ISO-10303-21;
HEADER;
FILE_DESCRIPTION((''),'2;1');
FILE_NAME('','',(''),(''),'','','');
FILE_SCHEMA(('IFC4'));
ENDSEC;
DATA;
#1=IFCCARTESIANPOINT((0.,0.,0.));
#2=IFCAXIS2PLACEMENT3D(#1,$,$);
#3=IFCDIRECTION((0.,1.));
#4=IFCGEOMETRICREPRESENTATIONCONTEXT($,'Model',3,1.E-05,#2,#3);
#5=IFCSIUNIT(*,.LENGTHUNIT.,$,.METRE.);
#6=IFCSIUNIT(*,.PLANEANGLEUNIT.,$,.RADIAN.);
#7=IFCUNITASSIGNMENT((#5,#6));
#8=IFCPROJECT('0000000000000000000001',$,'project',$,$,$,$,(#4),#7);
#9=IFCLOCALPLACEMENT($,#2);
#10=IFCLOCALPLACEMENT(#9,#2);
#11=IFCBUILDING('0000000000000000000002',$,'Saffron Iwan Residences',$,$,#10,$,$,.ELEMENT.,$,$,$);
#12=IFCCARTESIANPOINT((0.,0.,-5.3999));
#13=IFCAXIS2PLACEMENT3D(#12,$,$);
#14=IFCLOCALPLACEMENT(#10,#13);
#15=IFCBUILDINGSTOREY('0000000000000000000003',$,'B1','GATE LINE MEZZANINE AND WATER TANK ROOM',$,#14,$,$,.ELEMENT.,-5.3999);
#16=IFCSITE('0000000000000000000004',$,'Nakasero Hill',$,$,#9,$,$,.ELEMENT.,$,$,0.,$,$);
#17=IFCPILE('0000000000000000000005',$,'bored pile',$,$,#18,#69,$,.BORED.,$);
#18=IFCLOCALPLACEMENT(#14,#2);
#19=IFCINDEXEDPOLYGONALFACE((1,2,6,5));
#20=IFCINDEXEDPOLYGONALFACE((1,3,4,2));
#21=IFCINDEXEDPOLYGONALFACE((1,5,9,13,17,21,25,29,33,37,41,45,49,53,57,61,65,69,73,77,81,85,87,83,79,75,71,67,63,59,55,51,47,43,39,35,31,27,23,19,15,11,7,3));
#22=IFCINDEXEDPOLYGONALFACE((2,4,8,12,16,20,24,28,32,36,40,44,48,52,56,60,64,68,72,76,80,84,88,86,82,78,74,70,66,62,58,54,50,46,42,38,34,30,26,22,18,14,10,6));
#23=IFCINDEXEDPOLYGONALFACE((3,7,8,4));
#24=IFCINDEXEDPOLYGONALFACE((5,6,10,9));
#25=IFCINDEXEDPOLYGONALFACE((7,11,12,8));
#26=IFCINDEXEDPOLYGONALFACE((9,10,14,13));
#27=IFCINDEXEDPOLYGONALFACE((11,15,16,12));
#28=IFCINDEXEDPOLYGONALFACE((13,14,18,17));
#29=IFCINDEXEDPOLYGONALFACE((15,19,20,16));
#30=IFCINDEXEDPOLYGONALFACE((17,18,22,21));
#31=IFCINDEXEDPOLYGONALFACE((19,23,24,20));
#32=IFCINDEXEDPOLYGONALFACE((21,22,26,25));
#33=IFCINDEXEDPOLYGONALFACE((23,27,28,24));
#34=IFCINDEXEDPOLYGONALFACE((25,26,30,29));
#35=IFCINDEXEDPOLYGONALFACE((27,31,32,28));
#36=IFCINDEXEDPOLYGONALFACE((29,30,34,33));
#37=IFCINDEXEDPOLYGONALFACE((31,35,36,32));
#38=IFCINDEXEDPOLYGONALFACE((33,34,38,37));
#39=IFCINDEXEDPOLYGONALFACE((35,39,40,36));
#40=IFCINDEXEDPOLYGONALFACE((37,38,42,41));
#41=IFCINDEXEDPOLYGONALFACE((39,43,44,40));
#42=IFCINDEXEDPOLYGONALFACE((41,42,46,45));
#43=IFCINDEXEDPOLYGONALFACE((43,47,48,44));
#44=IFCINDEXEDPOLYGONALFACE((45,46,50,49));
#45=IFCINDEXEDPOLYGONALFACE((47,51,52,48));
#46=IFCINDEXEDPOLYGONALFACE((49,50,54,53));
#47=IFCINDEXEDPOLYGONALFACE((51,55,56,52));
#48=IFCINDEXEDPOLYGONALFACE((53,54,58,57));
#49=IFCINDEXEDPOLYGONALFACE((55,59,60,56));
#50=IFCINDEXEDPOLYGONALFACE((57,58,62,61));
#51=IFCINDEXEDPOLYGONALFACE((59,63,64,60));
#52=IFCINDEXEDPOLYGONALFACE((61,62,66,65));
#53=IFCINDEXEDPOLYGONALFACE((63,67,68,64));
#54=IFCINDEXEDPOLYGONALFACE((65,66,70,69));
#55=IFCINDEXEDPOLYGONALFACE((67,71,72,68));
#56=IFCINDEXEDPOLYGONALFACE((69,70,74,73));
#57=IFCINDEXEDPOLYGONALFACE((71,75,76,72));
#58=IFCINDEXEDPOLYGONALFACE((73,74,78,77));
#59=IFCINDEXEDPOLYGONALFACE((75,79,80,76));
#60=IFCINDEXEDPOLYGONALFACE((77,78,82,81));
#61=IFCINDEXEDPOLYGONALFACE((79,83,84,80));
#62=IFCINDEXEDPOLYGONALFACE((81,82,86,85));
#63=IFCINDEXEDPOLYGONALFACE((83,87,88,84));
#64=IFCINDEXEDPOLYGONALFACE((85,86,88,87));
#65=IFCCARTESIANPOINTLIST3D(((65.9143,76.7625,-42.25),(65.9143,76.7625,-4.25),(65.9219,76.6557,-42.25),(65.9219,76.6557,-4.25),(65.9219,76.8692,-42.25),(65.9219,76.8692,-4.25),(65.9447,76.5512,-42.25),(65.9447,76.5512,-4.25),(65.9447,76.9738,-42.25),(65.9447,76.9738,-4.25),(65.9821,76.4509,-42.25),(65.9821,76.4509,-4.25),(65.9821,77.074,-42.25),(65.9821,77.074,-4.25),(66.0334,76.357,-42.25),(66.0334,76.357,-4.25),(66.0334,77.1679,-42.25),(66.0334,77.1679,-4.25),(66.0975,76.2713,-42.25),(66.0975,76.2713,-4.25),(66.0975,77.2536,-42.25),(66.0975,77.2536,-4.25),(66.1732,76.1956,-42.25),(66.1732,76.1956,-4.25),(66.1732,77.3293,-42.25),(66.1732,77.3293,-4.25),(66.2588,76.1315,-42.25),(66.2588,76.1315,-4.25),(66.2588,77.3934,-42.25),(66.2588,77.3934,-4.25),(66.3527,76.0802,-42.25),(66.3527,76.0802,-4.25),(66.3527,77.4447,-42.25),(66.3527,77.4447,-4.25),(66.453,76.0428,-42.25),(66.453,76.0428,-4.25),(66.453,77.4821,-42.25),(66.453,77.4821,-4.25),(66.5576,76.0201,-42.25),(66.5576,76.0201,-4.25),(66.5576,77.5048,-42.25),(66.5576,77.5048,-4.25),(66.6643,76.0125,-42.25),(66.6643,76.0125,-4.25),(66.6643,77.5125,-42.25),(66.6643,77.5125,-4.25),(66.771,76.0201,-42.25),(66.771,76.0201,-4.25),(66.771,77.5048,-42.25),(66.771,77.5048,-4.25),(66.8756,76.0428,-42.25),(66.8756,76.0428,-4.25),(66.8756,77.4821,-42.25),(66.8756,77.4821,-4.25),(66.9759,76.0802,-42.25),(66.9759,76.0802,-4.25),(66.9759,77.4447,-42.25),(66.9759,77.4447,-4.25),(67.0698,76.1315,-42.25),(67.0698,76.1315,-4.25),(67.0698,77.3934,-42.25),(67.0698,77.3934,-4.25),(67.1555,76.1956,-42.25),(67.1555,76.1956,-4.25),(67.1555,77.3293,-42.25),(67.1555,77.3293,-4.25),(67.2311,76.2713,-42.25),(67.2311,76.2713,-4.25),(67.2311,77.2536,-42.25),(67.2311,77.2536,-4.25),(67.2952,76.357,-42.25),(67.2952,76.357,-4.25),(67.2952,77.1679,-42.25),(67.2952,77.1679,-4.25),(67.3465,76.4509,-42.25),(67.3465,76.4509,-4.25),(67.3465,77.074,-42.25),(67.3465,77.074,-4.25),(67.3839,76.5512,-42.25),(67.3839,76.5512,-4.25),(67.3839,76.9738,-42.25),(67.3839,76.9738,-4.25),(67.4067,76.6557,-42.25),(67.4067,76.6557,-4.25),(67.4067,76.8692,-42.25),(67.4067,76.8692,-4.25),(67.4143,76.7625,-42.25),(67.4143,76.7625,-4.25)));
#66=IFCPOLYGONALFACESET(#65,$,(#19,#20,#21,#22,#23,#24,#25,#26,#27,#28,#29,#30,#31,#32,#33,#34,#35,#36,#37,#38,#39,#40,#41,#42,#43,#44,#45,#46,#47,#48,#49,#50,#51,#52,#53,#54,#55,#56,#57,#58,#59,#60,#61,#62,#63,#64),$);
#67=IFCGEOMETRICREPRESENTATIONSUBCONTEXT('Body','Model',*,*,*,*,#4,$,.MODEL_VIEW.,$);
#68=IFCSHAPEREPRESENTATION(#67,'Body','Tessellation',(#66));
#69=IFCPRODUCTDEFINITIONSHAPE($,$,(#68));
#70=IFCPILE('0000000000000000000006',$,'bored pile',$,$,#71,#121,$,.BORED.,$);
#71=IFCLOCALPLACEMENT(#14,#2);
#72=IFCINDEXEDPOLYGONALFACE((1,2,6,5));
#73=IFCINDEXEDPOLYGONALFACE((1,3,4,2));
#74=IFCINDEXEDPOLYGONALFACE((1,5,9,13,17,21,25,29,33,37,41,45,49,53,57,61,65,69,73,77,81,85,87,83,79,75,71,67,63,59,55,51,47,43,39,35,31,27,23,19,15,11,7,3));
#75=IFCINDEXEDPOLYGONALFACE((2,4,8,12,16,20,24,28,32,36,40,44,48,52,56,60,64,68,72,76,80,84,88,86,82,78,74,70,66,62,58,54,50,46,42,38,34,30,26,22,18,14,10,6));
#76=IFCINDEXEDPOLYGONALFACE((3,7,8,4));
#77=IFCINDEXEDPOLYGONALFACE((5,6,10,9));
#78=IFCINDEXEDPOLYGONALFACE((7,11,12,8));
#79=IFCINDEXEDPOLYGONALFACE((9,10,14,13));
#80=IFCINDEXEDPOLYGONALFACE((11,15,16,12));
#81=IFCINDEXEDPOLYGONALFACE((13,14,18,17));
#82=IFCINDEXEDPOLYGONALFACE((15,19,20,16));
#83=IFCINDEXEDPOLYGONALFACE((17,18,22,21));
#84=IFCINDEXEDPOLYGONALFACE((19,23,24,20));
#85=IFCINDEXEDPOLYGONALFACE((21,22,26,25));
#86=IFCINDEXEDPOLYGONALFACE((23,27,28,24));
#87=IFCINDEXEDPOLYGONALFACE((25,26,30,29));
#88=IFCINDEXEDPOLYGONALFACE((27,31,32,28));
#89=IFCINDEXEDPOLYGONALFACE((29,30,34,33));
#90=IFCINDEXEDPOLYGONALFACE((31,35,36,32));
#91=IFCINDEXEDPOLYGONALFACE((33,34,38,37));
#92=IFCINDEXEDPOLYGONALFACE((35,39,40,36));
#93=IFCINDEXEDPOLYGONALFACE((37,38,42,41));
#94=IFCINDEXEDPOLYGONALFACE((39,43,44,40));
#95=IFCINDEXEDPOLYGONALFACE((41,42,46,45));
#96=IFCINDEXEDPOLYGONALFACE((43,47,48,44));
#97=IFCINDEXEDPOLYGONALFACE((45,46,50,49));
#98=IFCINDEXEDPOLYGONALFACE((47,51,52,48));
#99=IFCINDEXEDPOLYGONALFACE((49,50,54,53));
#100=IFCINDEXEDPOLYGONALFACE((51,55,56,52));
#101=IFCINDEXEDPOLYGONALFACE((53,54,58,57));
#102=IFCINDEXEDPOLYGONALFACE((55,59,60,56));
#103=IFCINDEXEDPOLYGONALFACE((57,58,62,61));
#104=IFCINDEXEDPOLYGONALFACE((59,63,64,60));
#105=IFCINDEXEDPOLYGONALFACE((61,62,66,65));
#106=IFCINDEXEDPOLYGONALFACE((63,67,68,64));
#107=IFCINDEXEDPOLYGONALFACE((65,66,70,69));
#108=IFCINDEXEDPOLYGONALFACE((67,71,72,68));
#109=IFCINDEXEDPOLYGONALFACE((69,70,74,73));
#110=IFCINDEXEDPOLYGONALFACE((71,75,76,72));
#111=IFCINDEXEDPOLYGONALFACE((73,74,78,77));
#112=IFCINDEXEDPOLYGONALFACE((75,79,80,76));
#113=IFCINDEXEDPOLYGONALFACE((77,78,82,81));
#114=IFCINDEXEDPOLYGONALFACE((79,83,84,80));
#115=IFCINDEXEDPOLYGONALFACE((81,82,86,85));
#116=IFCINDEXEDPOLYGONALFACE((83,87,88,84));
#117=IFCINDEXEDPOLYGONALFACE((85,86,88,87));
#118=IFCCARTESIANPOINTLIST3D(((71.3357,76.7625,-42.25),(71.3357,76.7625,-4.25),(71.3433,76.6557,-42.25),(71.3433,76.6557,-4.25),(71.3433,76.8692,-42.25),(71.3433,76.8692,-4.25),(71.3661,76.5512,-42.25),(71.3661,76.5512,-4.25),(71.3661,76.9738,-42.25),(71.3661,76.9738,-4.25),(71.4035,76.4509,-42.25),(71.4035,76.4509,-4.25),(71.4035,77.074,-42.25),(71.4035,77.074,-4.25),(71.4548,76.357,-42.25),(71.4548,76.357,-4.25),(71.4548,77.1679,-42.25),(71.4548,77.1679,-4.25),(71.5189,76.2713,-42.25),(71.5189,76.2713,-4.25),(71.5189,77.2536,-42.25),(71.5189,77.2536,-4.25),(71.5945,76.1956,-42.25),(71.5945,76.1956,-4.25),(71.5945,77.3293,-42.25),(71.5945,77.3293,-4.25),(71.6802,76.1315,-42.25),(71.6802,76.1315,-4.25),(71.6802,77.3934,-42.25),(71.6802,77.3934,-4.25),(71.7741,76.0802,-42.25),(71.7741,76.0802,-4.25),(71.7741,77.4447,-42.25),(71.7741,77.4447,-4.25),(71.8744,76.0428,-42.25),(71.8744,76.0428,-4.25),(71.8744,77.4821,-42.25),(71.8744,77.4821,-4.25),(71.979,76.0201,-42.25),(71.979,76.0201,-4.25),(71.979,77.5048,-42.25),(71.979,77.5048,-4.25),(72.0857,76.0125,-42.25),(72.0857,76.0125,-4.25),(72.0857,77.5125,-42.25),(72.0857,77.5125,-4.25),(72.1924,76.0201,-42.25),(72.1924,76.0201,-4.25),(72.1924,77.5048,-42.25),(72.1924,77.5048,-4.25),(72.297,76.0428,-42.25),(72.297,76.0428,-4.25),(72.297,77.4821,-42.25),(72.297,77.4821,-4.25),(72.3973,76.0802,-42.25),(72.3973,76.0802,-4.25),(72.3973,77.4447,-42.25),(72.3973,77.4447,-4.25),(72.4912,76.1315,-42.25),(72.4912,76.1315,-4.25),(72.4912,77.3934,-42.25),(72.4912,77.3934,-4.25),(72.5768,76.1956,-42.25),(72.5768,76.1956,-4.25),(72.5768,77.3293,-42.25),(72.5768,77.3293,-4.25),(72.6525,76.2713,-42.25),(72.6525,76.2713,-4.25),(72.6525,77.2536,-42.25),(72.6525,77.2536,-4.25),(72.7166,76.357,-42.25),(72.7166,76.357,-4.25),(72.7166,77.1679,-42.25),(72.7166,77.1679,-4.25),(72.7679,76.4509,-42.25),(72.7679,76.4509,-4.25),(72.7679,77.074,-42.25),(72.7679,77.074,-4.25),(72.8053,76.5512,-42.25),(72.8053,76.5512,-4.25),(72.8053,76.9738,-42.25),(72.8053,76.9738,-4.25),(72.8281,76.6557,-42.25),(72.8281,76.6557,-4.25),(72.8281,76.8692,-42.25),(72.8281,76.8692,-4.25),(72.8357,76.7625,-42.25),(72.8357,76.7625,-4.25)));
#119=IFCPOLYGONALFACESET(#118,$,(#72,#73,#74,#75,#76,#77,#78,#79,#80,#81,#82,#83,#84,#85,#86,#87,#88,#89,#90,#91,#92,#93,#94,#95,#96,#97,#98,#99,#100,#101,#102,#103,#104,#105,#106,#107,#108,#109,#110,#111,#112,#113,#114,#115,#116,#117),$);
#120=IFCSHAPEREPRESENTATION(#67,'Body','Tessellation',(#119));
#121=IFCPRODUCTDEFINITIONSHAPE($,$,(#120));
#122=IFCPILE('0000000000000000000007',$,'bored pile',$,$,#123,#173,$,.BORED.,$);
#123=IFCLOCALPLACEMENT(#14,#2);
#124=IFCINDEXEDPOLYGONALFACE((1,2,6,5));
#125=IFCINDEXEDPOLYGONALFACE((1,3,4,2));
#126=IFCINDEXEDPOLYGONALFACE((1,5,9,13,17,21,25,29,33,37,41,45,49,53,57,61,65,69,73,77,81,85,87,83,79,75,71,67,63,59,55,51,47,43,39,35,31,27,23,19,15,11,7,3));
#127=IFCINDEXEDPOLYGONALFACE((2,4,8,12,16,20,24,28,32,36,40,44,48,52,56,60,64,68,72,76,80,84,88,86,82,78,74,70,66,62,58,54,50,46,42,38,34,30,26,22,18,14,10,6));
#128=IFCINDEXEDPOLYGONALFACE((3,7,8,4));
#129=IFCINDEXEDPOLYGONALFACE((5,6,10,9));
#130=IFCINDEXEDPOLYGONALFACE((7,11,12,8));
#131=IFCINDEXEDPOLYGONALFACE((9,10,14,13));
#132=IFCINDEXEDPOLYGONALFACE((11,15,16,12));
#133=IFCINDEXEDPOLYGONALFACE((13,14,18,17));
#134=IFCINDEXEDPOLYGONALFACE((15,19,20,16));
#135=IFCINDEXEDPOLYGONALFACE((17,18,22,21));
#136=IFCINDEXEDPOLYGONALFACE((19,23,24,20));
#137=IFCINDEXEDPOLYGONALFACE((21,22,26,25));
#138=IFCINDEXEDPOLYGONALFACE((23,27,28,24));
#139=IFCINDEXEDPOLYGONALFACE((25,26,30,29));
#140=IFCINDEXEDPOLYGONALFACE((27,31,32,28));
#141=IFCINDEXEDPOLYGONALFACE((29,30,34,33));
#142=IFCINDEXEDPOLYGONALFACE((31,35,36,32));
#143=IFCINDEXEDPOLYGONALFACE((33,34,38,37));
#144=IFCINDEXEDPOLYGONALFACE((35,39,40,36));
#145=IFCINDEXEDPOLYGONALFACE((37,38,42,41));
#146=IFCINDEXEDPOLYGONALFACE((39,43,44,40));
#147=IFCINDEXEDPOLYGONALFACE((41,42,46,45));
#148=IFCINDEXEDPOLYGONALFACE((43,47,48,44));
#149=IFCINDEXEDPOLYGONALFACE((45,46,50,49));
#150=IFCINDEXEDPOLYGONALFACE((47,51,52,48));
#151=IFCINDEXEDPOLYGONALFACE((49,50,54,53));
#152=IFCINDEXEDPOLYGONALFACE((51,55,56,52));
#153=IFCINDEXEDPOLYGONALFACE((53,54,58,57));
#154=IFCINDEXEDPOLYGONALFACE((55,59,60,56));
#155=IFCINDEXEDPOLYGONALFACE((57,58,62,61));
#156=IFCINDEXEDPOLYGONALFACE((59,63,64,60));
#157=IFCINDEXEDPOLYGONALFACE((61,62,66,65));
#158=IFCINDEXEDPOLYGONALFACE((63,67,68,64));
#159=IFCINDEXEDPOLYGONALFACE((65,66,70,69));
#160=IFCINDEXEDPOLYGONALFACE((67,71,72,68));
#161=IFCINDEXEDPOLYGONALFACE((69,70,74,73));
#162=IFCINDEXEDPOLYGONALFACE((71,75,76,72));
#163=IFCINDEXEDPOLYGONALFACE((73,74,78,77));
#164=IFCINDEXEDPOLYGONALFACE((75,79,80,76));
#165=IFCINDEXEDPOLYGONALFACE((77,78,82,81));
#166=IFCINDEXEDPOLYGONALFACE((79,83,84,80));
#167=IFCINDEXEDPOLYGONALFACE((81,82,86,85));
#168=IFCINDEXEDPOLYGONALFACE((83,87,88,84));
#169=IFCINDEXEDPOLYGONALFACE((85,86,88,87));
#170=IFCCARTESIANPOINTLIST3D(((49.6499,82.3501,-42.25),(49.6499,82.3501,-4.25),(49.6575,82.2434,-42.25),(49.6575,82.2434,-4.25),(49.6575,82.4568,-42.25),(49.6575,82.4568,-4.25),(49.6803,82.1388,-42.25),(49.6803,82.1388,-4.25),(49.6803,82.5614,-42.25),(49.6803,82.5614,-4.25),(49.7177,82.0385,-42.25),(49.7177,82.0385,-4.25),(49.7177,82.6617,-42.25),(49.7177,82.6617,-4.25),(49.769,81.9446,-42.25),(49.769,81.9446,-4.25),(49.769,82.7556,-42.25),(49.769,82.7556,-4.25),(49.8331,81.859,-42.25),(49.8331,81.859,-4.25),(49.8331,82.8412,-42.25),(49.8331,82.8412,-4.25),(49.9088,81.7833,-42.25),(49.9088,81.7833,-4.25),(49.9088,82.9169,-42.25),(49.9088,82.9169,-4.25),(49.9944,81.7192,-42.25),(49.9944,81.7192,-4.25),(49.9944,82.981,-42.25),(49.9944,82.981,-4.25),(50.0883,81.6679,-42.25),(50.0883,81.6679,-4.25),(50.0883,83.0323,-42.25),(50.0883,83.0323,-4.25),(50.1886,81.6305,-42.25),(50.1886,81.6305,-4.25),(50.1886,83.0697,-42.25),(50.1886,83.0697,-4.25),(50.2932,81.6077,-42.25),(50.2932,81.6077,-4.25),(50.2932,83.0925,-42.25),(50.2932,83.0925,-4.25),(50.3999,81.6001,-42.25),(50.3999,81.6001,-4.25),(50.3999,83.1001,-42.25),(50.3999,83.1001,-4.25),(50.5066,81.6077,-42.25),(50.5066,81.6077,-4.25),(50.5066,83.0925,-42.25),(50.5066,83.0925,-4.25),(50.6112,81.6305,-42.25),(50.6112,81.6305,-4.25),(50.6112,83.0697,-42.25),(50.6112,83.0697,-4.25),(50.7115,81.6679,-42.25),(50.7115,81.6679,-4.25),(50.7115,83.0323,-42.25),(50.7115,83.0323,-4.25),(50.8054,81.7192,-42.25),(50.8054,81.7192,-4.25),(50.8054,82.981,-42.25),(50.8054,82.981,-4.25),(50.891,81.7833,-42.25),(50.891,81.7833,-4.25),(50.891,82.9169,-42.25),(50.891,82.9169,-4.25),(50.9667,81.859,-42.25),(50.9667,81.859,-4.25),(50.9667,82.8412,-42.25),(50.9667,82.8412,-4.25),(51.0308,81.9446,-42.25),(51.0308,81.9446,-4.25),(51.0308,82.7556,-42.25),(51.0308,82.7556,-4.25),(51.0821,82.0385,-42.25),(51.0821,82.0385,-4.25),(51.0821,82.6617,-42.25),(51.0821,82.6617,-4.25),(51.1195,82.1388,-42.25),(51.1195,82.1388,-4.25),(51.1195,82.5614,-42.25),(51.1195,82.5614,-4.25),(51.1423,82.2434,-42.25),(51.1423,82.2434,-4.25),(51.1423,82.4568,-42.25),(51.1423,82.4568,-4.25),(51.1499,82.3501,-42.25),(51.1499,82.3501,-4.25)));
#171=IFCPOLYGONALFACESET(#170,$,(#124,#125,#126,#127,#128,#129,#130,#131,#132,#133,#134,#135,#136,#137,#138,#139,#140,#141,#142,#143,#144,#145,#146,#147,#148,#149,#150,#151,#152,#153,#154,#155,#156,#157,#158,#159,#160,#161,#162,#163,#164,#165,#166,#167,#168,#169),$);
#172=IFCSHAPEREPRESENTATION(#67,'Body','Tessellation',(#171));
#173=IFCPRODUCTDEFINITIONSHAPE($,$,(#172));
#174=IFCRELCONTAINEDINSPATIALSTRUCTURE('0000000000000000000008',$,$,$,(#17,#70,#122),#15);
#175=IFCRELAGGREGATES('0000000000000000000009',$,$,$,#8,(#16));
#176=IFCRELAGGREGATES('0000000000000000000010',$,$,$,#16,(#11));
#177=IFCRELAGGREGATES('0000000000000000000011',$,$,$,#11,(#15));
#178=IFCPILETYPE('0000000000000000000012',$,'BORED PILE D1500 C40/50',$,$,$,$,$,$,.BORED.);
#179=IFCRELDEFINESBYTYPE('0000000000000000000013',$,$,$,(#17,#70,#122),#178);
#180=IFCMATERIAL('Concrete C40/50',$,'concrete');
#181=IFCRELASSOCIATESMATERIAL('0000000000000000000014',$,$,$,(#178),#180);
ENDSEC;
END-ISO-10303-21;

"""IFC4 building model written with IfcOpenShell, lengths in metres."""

from ifc_helpers import new_model, si_unit, direction, frame, origin, origin_2d, place, context, subcontext, project, spatial, circle, extrude, material, material_profile, profile_set, type_object, element, save


model = new_model("IFC4")

# Units and contexts
model_context = context("Model", 3, precision=1e-05, world=origin(), true_north=direction((0.0, 1.0)))
body_context = subcontext(model_context, "Body", "Model", "MODEL_VIEW")
ifc_project = project(units=[si_unit("LENGTHUNIT", "METRE"), si_unit("PLANEANGLEUNIT", "RADIAN")], contexts=[model_context])

# Site, building, storey
site_placement = place(None, origin())
site = spatial("IfcSite", under=ifc_project, at=site_placement, Name="Nakasero Hill", CompositionType="ELEMENT", RefElevation=0.0)
building_placement = place(site_placement, origin())
building = spatial("IfcBuilding", under=site, at=building_placement, Name="Saffron Iwan Residences", CompositionType="ELEMENT")
storey_placement = place(building_placement, frame((0.0, 0.0, -5.3999)))
storey = spatial("IfcBuildingStorey", under=building, at=storey_placement, Name="B1", Description="GATE LINE MEZZANINE AND WATER TANK ROOM", CompositionType="ELEMENT", Elevation=-5.3999)

# Piles
ifc_material_1 = material(Name="Concrete C40/50", Category="concrete")
ifc_material_profile_1 = material_profile(ifc_material_1, circle(Radius=0.75, at=origin_2d()), Name="RC D1500")
ifc_profile_set_1 = profile_set([ifc_material_profile_1], Name="Concrete C40/50")
pile_type = type_object("IfcPileType", Name="BORED PILE D1500 C40/50", PredefinedType="BORED", material=ifc_profile_set_1)
for number, where, z_axis, x_axis, name in (
    (1, (66.6643, 76.7625, -4.25), (0.0, 0.0, -1.0), (1.0, 0.0, 0.0), "bored pile"),
    (2, (72.0857, 76.7625, -4.25), (0.0, 0.0, -1.0), (1.0, 0.0, 0.0), "bored pile"),
    (3, (50.3999, 82.3501, -4.25), (0.0, 0.0, -1.0), (1.0, 0.0, 0.0), "bored pile"),
):
    element("IfcPile", number, at=place(storey_placement, frame(where, z_axis=z_axis, x_axis=x_axis)), inside=storey, type_object=pile_type, Name=name, PredefinedType="BORED", context=body_context, shape_type="SweptSolid", body=[
        extrude(circle(Radius=0.75, at=origin_2d()), origin(), (0.0, 0.0, 1.0), 38.0),
    ])

save(model, "model.ifc")
